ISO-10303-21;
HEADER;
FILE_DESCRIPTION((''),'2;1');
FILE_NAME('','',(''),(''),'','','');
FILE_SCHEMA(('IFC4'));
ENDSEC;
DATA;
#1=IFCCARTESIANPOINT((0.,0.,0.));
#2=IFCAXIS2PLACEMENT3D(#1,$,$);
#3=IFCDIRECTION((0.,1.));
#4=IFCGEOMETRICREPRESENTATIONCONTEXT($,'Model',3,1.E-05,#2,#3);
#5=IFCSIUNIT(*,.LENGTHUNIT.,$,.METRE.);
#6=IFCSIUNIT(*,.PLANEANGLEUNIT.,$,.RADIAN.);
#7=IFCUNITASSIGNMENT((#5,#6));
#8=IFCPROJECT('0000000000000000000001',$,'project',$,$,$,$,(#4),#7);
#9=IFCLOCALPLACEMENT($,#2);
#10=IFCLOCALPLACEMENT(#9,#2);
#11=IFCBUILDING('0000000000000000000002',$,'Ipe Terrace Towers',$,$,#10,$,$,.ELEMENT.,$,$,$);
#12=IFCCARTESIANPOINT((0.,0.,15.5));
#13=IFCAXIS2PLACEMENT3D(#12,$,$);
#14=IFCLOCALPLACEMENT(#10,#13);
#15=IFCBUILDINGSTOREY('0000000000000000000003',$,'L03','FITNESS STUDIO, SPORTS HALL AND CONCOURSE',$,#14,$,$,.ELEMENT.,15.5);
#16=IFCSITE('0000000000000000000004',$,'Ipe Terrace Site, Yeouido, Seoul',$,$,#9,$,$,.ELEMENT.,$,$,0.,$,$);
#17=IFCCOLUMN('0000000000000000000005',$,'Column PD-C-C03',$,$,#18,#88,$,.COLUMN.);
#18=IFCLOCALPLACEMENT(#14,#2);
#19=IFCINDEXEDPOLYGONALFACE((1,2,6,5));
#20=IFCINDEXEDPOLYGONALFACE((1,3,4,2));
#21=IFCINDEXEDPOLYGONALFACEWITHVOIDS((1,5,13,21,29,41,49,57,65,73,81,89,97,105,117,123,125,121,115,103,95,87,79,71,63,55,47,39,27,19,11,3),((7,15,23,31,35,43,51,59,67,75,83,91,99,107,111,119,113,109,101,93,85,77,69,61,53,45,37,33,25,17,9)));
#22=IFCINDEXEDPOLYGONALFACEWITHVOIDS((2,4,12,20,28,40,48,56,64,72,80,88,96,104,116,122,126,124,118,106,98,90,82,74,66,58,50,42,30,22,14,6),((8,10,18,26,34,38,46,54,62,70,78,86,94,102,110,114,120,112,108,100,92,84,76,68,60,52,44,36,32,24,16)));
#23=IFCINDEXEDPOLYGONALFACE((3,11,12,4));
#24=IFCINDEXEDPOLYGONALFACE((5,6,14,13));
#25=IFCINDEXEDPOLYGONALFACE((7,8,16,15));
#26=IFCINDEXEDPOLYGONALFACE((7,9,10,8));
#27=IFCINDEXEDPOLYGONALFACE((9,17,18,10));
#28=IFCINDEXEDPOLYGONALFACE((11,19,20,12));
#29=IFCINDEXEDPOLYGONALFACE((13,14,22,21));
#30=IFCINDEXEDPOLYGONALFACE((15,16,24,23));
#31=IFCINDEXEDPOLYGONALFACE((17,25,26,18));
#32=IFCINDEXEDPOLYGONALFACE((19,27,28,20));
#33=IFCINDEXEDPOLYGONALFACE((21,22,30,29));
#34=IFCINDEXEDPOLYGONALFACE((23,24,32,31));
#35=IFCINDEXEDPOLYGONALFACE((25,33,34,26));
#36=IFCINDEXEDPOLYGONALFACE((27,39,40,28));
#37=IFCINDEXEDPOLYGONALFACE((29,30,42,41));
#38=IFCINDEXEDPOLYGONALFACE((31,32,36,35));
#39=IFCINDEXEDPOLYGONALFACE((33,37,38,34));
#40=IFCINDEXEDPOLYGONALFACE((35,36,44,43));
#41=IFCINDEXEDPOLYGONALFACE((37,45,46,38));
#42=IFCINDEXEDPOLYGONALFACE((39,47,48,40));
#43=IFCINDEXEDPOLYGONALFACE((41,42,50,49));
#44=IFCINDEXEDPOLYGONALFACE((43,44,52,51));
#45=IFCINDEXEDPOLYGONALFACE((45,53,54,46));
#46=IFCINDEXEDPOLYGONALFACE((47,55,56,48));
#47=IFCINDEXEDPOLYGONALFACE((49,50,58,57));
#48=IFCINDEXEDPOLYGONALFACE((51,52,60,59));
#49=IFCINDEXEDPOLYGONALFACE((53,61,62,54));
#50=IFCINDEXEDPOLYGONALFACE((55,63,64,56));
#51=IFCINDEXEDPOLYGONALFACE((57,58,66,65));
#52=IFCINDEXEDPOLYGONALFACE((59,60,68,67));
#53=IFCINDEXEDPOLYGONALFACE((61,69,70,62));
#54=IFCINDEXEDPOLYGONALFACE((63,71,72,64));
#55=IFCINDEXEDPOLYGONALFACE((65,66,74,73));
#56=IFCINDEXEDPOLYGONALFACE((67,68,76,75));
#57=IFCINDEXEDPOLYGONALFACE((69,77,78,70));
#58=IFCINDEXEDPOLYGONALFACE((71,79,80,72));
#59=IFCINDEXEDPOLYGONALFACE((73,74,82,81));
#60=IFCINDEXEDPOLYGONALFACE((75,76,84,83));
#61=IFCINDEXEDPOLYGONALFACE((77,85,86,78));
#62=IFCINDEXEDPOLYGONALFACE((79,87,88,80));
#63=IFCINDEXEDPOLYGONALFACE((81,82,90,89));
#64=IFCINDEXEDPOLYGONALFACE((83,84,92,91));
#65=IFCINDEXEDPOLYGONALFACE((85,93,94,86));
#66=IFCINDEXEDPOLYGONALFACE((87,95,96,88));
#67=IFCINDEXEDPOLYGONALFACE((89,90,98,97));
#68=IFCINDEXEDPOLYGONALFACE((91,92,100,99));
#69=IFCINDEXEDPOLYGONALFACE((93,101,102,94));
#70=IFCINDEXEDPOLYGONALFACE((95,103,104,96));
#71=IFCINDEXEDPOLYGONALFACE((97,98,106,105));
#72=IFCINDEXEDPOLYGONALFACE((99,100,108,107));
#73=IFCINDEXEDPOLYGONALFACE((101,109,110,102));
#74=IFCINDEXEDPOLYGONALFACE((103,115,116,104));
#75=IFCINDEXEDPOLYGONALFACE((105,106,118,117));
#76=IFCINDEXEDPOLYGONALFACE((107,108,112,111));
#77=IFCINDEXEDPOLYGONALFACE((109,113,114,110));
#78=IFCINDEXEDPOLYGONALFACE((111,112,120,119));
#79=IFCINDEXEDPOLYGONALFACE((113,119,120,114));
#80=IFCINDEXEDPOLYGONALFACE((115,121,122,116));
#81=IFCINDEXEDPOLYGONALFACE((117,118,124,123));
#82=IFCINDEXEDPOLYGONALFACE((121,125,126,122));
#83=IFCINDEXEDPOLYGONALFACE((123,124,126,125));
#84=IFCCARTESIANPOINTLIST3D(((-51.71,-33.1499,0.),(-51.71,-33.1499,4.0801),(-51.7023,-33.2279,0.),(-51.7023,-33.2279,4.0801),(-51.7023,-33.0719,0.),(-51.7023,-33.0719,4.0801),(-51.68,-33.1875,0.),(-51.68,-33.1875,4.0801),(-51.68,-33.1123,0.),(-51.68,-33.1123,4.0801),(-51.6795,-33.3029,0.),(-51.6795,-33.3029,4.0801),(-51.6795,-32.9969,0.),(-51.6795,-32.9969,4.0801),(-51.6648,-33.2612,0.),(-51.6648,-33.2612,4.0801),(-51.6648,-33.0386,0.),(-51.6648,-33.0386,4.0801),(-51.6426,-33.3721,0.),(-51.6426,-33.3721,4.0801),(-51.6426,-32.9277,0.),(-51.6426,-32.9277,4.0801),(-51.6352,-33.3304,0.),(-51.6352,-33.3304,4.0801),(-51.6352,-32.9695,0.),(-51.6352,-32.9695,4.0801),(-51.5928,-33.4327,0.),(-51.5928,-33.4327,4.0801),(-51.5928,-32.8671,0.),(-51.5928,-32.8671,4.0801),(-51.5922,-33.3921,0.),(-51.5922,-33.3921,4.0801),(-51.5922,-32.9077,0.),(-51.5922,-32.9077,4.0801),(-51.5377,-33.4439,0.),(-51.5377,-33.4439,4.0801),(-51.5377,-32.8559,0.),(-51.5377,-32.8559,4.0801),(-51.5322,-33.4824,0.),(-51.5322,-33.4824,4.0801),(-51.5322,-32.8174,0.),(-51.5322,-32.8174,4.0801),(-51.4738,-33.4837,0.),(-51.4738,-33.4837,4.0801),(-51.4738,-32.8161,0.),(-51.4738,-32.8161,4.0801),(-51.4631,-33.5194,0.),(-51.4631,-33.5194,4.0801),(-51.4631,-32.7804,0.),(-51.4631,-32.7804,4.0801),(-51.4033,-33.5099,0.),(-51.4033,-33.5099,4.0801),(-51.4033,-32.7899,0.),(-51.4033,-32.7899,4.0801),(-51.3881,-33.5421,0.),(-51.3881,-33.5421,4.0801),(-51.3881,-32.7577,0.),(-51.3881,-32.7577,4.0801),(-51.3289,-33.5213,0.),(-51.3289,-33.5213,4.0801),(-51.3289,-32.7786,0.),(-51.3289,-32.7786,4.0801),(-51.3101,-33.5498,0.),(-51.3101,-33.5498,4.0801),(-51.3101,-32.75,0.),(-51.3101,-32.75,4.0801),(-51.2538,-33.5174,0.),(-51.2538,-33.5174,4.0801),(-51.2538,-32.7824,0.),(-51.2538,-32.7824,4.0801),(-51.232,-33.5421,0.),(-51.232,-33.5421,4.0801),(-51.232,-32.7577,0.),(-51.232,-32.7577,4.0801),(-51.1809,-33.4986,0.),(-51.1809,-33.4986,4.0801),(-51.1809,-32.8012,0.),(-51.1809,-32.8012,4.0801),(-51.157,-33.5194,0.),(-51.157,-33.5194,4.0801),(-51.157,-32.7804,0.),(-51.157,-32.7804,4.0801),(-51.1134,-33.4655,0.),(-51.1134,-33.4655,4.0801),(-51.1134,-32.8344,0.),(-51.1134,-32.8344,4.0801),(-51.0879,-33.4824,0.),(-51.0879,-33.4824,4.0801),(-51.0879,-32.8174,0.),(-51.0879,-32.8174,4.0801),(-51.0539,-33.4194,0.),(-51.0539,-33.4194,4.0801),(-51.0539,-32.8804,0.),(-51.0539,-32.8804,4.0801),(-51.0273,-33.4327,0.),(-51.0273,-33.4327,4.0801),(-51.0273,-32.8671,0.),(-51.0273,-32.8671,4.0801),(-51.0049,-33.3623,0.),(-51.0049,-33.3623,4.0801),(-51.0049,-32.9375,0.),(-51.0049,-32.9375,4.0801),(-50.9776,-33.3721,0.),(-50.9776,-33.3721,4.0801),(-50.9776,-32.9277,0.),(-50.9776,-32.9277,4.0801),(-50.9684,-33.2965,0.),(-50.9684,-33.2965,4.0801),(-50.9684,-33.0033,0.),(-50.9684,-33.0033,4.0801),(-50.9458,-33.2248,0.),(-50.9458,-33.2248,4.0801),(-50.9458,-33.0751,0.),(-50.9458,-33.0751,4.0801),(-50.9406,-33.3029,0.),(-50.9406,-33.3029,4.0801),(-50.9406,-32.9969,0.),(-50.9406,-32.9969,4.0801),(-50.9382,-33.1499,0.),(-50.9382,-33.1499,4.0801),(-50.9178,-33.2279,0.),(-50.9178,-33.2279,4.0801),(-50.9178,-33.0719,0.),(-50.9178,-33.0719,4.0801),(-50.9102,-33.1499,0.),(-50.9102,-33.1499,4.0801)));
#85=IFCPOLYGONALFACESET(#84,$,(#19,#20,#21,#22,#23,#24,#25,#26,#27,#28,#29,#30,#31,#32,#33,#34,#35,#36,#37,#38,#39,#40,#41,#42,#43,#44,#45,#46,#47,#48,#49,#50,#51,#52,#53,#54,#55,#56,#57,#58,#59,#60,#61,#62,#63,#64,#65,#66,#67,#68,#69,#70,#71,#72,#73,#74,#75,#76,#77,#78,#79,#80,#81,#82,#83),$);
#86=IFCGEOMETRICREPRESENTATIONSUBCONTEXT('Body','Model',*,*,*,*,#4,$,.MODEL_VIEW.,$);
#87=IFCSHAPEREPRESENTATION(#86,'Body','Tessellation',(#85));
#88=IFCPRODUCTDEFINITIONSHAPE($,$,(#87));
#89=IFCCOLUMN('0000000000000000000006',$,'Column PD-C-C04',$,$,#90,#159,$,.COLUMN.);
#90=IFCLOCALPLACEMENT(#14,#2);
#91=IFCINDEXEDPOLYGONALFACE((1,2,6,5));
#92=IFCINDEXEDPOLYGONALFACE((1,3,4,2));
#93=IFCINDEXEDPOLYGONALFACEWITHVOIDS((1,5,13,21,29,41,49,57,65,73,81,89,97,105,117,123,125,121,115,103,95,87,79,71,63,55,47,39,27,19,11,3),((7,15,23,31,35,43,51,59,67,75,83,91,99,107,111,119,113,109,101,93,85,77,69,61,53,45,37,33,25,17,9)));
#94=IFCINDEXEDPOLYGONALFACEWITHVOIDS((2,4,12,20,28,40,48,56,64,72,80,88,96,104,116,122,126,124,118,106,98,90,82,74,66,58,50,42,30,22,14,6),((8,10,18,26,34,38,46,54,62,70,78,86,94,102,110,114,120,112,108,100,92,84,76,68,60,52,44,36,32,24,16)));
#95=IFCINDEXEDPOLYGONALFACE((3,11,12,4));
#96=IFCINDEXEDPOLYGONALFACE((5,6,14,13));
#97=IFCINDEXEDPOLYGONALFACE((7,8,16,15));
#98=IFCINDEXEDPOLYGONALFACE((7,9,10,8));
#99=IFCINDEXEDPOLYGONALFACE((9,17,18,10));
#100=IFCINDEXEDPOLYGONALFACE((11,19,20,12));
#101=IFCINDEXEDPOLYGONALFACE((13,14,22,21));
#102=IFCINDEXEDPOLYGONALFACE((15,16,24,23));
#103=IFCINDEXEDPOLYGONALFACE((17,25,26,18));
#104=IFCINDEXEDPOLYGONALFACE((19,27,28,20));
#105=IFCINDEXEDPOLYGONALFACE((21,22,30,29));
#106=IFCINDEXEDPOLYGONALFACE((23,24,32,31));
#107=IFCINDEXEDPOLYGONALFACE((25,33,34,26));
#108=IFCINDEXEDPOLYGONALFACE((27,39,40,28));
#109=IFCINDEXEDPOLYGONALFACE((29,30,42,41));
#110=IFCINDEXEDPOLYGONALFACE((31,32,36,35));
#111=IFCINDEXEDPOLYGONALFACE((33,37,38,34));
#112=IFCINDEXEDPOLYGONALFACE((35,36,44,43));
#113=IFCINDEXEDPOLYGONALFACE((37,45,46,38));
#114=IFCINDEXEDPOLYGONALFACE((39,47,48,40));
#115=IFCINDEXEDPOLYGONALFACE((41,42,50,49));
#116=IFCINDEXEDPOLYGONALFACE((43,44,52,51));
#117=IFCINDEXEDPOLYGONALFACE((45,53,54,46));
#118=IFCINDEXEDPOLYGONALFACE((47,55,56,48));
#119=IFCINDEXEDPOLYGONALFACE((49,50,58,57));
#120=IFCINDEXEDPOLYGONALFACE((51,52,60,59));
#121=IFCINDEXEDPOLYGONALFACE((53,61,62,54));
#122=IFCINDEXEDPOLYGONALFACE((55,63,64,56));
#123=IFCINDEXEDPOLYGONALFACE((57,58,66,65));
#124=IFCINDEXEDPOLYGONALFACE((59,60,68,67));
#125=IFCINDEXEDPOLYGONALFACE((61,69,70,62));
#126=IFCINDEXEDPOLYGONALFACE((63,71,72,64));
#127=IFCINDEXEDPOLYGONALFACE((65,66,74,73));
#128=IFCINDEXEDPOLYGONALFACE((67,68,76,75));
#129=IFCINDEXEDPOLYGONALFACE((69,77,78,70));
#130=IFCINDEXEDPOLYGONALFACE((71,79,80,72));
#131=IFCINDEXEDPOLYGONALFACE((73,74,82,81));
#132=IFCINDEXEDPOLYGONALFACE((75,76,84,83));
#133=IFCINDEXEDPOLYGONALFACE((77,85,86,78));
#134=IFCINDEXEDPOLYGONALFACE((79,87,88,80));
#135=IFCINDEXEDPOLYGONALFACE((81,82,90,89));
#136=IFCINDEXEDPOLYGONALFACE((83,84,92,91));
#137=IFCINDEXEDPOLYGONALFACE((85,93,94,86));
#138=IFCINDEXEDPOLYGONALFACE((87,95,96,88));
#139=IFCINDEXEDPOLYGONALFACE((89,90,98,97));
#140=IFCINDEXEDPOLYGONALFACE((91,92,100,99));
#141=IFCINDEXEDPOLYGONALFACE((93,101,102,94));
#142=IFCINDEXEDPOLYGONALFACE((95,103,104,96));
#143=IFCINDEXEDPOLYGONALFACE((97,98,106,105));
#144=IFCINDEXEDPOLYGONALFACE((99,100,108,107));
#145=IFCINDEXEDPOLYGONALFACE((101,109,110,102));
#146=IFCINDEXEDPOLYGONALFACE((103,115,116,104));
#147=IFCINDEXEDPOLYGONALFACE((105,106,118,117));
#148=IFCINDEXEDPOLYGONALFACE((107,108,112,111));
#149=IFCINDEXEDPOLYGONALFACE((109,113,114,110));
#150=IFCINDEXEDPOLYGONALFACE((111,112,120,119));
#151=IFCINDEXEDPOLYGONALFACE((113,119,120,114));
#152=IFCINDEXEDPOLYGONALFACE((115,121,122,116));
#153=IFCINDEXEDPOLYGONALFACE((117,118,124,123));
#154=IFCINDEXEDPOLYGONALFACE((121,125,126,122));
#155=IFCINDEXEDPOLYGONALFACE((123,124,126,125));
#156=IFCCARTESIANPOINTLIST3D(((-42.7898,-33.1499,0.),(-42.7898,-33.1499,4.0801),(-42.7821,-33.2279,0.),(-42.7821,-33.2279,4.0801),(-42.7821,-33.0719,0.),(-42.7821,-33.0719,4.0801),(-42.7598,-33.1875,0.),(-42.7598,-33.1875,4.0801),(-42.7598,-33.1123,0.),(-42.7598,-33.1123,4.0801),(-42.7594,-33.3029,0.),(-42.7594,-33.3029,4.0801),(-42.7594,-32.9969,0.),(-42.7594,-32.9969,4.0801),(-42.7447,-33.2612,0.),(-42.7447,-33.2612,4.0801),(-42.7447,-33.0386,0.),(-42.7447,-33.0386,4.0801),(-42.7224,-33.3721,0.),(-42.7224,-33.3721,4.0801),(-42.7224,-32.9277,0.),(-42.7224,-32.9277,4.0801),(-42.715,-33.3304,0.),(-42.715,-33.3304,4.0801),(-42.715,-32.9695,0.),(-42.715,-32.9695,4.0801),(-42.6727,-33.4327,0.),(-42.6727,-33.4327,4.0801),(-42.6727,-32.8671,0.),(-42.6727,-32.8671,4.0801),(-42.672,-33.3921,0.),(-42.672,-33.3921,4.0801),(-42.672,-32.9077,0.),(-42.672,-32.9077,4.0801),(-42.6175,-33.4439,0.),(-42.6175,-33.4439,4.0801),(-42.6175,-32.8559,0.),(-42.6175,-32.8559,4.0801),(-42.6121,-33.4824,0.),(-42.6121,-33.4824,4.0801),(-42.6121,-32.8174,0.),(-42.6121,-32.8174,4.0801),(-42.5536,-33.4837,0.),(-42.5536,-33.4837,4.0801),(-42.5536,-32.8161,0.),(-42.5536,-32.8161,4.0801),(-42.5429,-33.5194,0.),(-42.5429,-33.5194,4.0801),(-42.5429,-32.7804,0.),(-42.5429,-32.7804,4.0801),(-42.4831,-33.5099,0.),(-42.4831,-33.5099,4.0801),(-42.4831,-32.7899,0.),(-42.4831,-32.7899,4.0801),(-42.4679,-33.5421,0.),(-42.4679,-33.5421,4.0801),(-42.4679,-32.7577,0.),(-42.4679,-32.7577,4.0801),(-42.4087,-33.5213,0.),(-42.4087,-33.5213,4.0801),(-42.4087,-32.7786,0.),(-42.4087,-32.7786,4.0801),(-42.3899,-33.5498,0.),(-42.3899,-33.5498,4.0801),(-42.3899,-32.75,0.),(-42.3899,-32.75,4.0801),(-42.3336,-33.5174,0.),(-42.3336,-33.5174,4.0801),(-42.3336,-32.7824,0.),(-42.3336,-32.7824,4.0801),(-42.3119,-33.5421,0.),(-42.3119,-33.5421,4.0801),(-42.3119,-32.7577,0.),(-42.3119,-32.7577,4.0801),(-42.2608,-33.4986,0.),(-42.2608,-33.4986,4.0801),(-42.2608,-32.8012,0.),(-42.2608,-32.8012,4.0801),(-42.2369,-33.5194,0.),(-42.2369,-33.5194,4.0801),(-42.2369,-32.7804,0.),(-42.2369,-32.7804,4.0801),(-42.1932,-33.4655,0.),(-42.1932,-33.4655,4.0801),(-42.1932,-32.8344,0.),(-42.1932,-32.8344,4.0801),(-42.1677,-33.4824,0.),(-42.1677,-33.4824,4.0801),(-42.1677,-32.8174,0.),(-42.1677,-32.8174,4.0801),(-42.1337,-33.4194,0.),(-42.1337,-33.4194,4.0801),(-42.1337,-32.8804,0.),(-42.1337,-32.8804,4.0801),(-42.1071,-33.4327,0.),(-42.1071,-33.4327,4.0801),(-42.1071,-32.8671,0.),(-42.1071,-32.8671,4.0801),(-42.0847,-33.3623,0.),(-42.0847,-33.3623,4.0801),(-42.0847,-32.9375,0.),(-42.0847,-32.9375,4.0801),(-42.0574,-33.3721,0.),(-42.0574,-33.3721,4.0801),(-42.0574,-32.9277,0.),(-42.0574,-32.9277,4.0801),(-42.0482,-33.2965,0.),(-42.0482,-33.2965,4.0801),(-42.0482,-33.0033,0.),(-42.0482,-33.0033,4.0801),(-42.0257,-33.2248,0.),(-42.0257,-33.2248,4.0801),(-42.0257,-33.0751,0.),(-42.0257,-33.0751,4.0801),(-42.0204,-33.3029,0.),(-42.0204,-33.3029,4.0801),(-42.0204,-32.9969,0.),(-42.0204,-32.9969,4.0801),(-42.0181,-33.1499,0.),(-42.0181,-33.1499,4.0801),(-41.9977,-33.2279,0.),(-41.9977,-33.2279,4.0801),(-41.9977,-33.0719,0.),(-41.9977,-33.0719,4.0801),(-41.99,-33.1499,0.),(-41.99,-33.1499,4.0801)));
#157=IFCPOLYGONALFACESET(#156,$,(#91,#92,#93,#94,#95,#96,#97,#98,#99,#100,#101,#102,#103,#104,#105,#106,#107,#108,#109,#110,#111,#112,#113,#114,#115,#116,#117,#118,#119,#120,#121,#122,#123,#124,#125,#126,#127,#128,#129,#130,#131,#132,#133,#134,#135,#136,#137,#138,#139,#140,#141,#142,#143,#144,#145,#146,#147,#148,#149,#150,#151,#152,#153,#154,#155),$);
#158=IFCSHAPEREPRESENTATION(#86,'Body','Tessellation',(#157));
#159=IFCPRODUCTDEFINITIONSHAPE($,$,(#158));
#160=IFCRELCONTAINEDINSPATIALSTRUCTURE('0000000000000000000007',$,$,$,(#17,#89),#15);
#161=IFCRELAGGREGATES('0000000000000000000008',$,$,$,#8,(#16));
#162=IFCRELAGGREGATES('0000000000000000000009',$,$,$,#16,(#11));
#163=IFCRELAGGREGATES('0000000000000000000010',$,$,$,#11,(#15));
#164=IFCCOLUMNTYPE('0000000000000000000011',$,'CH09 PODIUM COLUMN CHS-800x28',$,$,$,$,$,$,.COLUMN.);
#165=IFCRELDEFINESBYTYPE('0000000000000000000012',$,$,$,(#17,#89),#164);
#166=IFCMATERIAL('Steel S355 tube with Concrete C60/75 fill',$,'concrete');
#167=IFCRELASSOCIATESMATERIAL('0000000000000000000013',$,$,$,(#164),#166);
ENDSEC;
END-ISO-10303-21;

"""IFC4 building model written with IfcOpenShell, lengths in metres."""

from ifc_helpers import new_model, si_unit, direction, frame, origin, origin_2d, place, context, subcontext, project, spatial, hollow_circle, extrude, material, material_profile, profile_set, type_object, element, save


model = new_model("IFC4")

# Units and contexts
model_context = context("Model", 3, precision=1e-05, world=origin(), true_north=direction((0.0, 1.0)))
body_context = subcontext(model_context, "Body", "Model", "MODEL_VIEW")
ifc_project = project(units=[si_unit("LENGTHUNIT", "METRE"), si_unit("PLANEANGLEUNIT", "RADIAN")], contexts=[model_context])

# Site, building, storey
site_placement = place(None, origin())
site = spatial("IfcSite", under=ifc_project, at=site_placement, Name="Ipe Terrace Site, Yeouido, Seoul", CompositionType="ELEMENT", RefElevation=0.0)
building_placement = place(site_placement, origin())
building = spatial("IfcBuilding", under=site, at=building_placement, Name="Ipe Terrace Towers", CompositionType="ELEMENT")
storey_placement = place(building_placement, frame((0.0, 0.0, 15.5)))
storey = spatial("IfcBuildingStorey", under=building, at=storey_placement, Name="L03", Description="FITNESS STUDIO, SPORTS HALL AND CONCOURSE", CompositionType="ELEMENT", Elevation=15.5)

# Columns
ifc_material_1 = material(Name="Steel S355 tube with Concrete C60/75 fill", Category="concrete")
ifc_material_profile_1 = material_profile(ifc_material_1, hollow_circle(Radius=0.3999, WallThickness=0.0281, at=origin_2d()), Name="CHS-800x28")
ifc_profile_set_1 = profile_set([ifc_material_profile_1], Name="Steel S355 tube with Concrete C60/75 fill")
column_type = type_object("IfcColumnType", Name="CH09 PODIUM COLUMN CHS-800x28", PredefinedType="COLUMN", material=ifc_profile_set_1)
for number, where, z_axis, x_axis, name in (
    (1, (-51.3101, -33.1499, 0.0), (0.0, 0.0, 1.0), (1.0, 0.0, 0.0), "Column PD-C-C03"),
    (2, (-42.3899, -33.1499, 0.0), (0.0, 0.0, 1.0), (1.0, 0.0, 0.0), "Column PD-C-C04"),
):
    element("IfcColumn", number, at=place(storey_placement, frame(where, z_axis=z_axis, x_axis=x_axis)), inside=storey, type_object=column_type, Name=name, PredefinedType="COLUMN", context=body_context, shape_type="SweptSolid", body=[
        extrude(hollow_circle(Radius=0.3999, WallThickness=0.0281, at=origin_2d()), origin(), (0.0, 0.0, 1.0), 4.0801),
    ])

save(model, "model.ifc")
